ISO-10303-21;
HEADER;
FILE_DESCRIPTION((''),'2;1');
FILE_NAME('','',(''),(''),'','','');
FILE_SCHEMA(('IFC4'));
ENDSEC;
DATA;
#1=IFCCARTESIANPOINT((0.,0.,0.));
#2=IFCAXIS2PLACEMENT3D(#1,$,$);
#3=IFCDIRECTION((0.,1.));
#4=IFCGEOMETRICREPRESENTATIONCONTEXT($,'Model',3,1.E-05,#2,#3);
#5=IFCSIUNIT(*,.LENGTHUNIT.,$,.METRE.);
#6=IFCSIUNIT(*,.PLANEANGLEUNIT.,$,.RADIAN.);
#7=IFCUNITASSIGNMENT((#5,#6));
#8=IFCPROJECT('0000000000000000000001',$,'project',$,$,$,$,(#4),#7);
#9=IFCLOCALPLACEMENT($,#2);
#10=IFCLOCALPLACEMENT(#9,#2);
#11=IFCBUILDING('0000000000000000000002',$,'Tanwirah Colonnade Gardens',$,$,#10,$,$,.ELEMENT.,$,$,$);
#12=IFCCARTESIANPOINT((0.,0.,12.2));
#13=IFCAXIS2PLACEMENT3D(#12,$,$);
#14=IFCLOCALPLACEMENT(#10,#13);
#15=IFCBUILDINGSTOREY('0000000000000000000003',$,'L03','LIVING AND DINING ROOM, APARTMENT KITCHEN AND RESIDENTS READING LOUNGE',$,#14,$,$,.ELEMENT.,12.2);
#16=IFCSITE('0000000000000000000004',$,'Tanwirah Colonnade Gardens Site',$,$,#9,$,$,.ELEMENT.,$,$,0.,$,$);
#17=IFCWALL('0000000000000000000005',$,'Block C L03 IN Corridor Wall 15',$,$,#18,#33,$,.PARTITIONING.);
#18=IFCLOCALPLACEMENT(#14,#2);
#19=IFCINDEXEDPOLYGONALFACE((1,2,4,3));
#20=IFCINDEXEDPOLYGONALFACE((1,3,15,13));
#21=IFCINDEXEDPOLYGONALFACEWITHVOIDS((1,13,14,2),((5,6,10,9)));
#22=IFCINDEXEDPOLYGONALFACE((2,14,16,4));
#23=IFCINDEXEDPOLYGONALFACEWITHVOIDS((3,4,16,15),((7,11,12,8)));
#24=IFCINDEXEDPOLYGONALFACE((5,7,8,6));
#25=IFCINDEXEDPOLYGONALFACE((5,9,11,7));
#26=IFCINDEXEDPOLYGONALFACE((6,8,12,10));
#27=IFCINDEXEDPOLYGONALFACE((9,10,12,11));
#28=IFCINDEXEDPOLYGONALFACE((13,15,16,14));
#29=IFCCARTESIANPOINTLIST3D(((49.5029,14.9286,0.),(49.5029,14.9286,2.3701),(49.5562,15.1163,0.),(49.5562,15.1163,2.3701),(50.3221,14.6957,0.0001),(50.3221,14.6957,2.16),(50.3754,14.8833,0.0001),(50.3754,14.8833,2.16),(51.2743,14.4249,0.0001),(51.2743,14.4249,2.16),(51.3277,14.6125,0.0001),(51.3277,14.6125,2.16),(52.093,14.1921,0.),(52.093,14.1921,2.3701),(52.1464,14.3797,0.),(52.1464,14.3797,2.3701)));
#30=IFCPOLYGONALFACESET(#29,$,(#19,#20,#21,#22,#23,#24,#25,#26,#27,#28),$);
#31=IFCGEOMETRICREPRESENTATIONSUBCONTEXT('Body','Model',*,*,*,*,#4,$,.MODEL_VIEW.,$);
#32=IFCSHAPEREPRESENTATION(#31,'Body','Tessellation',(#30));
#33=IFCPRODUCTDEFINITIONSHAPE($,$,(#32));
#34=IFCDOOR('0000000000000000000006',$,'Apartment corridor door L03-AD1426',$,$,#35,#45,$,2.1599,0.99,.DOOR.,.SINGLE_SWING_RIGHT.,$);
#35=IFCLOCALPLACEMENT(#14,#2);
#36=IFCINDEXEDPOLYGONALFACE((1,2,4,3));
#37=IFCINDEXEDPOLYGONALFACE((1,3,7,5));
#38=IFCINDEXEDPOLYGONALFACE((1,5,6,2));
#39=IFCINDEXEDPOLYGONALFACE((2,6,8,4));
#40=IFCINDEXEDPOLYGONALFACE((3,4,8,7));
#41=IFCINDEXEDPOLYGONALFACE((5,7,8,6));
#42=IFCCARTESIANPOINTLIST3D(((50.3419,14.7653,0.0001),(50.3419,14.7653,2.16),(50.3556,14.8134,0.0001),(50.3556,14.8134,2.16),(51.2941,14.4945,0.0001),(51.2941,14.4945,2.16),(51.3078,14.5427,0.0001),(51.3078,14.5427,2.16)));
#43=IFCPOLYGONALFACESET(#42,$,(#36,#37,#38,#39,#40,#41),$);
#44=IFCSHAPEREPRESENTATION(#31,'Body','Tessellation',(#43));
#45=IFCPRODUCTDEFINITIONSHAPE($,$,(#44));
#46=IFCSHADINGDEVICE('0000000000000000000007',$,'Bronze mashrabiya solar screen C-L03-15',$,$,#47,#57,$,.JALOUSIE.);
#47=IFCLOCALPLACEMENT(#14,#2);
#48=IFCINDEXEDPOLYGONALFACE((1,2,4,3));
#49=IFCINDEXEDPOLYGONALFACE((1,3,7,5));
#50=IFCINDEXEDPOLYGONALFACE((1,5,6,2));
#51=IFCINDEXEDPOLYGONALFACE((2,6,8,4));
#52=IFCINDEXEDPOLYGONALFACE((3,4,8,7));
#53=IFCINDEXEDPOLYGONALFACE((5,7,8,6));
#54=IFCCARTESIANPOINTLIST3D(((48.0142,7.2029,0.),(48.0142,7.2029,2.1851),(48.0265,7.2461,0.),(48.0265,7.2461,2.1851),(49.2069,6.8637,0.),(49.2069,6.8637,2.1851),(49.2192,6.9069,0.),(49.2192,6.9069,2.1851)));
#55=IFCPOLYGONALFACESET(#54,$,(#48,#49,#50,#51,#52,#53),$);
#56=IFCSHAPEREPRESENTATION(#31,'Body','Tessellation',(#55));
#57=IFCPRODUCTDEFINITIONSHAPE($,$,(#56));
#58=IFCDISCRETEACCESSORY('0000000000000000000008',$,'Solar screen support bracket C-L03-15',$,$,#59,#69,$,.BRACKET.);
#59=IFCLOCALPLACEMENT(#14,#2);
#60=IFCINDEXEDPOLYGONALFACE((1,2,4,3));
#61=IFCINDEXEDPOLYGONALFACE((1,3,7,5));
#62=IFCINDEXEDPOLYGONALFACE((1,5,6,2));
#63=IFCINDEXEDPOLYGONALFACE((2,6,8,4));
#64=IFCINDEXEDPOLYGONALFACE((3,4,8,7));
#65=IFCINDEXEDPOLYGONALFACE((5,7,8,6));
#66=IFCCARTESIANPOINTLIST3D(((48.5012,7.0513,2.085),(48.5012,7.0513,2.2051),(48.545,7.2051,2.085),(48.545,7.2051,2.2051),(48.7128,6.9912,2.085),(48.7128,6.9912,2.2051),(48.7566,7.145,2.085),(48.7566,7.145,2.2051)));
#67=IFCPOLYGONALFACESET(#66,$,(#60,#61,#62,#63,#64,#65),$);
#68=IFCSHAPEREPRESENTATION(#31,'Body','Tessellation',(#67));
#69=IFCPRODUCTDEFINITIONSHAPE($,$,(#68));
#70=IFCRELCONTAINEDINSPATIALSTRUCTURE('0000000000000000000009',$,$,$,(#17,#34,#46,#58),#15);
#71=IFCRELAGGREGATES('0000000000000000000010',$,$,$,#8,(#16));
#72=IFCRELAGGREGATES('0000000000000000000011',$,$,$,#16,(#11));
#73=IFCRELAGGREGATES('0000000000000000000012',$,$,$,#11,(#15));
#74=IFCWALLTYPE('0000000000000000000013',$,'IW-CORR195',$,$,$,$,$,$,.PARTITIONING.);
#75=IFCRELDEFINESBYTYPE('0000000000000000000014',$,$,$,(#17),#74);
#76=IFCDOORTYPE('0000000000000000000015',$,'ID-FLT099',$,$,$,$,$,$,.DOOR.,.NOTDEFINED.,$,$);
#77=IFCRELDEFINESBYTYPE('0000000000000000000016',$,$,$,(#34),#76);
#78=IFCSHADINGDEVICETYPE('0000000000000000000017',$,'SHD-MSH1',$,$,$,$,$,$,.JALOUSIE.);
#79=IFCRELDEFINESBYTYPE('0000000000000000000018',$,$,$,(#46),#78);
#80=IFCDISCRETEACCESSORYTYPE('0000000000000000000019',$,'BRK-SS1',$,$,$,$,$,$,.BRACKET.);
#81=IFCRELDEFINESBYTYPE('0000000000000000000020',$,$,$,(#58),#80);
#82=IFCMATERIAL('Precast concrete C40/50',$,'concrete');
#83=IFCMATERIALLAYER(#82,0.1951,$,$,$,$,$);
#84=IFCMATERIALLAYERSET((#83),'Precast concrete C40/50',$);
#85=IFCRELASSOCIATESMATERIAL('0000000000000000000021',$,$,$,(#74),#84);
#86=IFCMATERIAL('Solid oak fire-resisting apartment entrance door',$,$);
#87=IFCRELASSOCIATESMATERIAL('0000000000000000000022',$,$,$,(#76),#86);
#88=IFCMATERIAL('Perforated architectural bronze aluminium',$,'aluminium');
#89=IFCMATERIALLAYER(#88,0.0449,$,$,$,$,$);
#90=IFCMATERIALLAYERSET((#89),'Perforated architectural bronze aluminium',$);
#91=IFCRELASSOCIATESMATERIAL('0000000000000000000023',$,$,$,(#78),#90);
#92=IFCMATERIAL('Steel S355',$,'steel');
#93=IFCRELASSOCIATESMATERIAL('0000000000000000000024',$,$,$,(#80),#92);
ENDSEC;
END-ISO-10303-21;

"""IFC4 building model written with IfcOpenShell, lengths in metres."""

from ifc_helpers import new_model, si_unit, direction, frame, frame_2d, origin, origin_2d, place, context, subcontext, project, spatial, rectangle, extrude, material, layer, layer_set, type_object, element, fill, save


model = new_model("IFC4")

# Units and contexts
model_context = context("Model", 3, precision=1e-05, world=origin(), true_north=direction((0.0, 1.0)))
body_context = subcontext(model_context, "Body", "Model", "MODEL_VIEW")
ifc_project = project(units=[si_unit("LENGTHUNIT", "METRE"), si_unit("PLANEANGLEUNIT", "RADIAN")], contexts=[model_context])

# Site, building, storey
site_placement = place(None, origin())
site = spatial("IfcSite", under=ifc_project, at=site_placement, Name="Tanwirah Colonnade Gardens Site", CompositionType="ELEMENT", RefElevation=0.0)
building_placement = place(site_placement, origin())
building = spatial("IfcBuilding", under=site, at=building_placement, Name="Tanwirah Colonnade Gardens", CompositionType="ELEMENT")
storey_placement = place(building_placement, frame((0.0, 0.0, 12.2)))
storey = spatial("IfcBuildingStorey", under=building, at=storey_placement, Name="L03", Description="LIVING AND DINING ROOM, APARTMENT KITCHEN AND RESIDENTS READING LOUNGE", CompositionType="ELEMENT", Elevation=12.2)

# Shared definitions
ifc_material_1 = material(Name="Precast concrete C40/50", Category="concrete")

# Wall, opening, door
ifc_layer_1 = layer(ifc_material_1, 0.1951)
ifc_layer_set_1 = layer_set([ifc_layer_1], Name="Precast concrete C40/50")
wall_type_1 = type_object("IfcWallType", Name="IW-CORR195", PredefinedType="PARTITIONING", material=ifc_layer_set_1)
ifc_material_2 = material(Name="Solid oak fire-resisting apartment entrance door")
door_type = type_object("IfcDoorType", Name="ID-FLT099", OperationType="NOTDEFINED", PredefinedType="DOOR", material=ifc_material_2)
wall_1_placement = place(storey_placement, frame((49.5295, 15.0225, 0.0), z_axis=(0.0, 0.0, 1.0), x_axis=(0.961862, -0.273535, 0.0)))
wall_1 = element("IfcWall", 1, at=wall_1_placement, inside=storey, type_object=wall_type_1, Name="Block C L03 IN Corridor Wall 15", PredefinedType="PARTITIONING", context=body_context, shape_type="SweptSolid", body=[
    extrude(rectangle(XDim=2.6929, YDim=0.1951, at=frame_2d((1.3464, 0.0))), origin(), (0.0, 0.0, 1.0), 2.3701),
])
opening_1_placement = place(wall_1_placement, frame((0.8516, 0.0, 0.0)))
opening_1 = element("IfcOpeningElement", 2, at=opening_1_placement, cuts=wall_1, PredefinedType="OPENING", context=body_context, shape_type="SweptSolid", body=[
    extrude(rectangle(XDim=0.99, YDim=2.1599, at=frame_2d((0.4951, 1.0801))), frame((0.0, 0.1074, 0.0), z_axis=(0.0, -1.0, 0.0), x_axis=(1.0, 0.0, 0.0)), (0.0, 0.0, 1.0), 0.2151),
])
door_1_placement = place(opening_1_placement, origin())
door_1 = element("IfcDoor", 3, at=door_1_placement, inside=storey, type_object=door_type, Name="Apartment corridor door L03-AD1426", OperationType="SINGLE_SWING_RIGHT", OverallHeight=2.1599, OverallWidth=0.99, PredefinedType="DOOR", context=body_context, shape_type="SweptSolid", body=[
    extrude(rectangle(XDim=0.99, YDim=2.1599, at=frame_2d((0.4951, 1.0801))), frame((0.0, 0.0249, 0.0), z_axis=(0.0, -1.0, 0.0), x_axis=(1.0, 0.0, 0.0)), (0.0, 0.0, 1.0), 0.05),
])
fill(opening_1, door_1)

# Shading device
ifc_material_3 = material(Name="Perforated architectural bronze aluminium", Category="aluminium")
ifc_layer_2 = layer(ifc_material_3, 0.0449)
ifc_layer_set_2 = layer_set([ifc_layer_2], Name="Perforated architectural bronze aluminium")
shading_device_type = type_object("IfcShadingDeviceType", Name="SHD-MSH1", PredefinedType="JALOUSIE", material=ifc_layer_set_2)
shading_device_placement = place(storey_placement, frame((48.6167, 7.0549, 0.0), z_axis=(0.0, 0.0, 1.0), x_axis=(0.961861, -0.273539, 0.0)))
element("IfcShadingDevice", 4, at=shading_device_placement, inside=storey, type_object=shading_device_type, Name="Bronze mashrabiya solar screen C-L03-15", PredefinedType="JALOUSIE", context=body_context, shape_type="SweptSolid", body=[
    extrude(rectangle(XDim=1.24, YDim=0.0449, at=origin_2d()), origin(), (0.0, 0.0, 1.0), 2.1851),
])

# Discrete accessory
ifc_material_4 = material(Name="Steel S355", Category="steel")
discrete_accessory_type = type_object("IfcDiscreteAccessoryType", Name="BRK-SS1", PredefinedType="BRACKET", material=ifc_material_4)
discrete_accessory_placement = place(storey_placement, frame((48.6289, 7.0981, 2.085), z_axis=(0.0, 0.0, 1.0), x_axis=(0.961861, -0.273539, 0.0)))
element("IfcDiscreteAccessory", 5, at=discrete_accessory_placement, inside=storey, type_object=discrete_accessory_type, Name="Solar screen support bracket C-L03-15", PredefinedType="BRACKET", context=body_context, shape_type="SweptSolid", body=[
    extrude(rectangle(XDim=0.22, YDim=0.1599, at=origin_2d()), origin(), (0.0, 0.0, 1.0), 0.1201),
])

save(model, "model.ifc")
